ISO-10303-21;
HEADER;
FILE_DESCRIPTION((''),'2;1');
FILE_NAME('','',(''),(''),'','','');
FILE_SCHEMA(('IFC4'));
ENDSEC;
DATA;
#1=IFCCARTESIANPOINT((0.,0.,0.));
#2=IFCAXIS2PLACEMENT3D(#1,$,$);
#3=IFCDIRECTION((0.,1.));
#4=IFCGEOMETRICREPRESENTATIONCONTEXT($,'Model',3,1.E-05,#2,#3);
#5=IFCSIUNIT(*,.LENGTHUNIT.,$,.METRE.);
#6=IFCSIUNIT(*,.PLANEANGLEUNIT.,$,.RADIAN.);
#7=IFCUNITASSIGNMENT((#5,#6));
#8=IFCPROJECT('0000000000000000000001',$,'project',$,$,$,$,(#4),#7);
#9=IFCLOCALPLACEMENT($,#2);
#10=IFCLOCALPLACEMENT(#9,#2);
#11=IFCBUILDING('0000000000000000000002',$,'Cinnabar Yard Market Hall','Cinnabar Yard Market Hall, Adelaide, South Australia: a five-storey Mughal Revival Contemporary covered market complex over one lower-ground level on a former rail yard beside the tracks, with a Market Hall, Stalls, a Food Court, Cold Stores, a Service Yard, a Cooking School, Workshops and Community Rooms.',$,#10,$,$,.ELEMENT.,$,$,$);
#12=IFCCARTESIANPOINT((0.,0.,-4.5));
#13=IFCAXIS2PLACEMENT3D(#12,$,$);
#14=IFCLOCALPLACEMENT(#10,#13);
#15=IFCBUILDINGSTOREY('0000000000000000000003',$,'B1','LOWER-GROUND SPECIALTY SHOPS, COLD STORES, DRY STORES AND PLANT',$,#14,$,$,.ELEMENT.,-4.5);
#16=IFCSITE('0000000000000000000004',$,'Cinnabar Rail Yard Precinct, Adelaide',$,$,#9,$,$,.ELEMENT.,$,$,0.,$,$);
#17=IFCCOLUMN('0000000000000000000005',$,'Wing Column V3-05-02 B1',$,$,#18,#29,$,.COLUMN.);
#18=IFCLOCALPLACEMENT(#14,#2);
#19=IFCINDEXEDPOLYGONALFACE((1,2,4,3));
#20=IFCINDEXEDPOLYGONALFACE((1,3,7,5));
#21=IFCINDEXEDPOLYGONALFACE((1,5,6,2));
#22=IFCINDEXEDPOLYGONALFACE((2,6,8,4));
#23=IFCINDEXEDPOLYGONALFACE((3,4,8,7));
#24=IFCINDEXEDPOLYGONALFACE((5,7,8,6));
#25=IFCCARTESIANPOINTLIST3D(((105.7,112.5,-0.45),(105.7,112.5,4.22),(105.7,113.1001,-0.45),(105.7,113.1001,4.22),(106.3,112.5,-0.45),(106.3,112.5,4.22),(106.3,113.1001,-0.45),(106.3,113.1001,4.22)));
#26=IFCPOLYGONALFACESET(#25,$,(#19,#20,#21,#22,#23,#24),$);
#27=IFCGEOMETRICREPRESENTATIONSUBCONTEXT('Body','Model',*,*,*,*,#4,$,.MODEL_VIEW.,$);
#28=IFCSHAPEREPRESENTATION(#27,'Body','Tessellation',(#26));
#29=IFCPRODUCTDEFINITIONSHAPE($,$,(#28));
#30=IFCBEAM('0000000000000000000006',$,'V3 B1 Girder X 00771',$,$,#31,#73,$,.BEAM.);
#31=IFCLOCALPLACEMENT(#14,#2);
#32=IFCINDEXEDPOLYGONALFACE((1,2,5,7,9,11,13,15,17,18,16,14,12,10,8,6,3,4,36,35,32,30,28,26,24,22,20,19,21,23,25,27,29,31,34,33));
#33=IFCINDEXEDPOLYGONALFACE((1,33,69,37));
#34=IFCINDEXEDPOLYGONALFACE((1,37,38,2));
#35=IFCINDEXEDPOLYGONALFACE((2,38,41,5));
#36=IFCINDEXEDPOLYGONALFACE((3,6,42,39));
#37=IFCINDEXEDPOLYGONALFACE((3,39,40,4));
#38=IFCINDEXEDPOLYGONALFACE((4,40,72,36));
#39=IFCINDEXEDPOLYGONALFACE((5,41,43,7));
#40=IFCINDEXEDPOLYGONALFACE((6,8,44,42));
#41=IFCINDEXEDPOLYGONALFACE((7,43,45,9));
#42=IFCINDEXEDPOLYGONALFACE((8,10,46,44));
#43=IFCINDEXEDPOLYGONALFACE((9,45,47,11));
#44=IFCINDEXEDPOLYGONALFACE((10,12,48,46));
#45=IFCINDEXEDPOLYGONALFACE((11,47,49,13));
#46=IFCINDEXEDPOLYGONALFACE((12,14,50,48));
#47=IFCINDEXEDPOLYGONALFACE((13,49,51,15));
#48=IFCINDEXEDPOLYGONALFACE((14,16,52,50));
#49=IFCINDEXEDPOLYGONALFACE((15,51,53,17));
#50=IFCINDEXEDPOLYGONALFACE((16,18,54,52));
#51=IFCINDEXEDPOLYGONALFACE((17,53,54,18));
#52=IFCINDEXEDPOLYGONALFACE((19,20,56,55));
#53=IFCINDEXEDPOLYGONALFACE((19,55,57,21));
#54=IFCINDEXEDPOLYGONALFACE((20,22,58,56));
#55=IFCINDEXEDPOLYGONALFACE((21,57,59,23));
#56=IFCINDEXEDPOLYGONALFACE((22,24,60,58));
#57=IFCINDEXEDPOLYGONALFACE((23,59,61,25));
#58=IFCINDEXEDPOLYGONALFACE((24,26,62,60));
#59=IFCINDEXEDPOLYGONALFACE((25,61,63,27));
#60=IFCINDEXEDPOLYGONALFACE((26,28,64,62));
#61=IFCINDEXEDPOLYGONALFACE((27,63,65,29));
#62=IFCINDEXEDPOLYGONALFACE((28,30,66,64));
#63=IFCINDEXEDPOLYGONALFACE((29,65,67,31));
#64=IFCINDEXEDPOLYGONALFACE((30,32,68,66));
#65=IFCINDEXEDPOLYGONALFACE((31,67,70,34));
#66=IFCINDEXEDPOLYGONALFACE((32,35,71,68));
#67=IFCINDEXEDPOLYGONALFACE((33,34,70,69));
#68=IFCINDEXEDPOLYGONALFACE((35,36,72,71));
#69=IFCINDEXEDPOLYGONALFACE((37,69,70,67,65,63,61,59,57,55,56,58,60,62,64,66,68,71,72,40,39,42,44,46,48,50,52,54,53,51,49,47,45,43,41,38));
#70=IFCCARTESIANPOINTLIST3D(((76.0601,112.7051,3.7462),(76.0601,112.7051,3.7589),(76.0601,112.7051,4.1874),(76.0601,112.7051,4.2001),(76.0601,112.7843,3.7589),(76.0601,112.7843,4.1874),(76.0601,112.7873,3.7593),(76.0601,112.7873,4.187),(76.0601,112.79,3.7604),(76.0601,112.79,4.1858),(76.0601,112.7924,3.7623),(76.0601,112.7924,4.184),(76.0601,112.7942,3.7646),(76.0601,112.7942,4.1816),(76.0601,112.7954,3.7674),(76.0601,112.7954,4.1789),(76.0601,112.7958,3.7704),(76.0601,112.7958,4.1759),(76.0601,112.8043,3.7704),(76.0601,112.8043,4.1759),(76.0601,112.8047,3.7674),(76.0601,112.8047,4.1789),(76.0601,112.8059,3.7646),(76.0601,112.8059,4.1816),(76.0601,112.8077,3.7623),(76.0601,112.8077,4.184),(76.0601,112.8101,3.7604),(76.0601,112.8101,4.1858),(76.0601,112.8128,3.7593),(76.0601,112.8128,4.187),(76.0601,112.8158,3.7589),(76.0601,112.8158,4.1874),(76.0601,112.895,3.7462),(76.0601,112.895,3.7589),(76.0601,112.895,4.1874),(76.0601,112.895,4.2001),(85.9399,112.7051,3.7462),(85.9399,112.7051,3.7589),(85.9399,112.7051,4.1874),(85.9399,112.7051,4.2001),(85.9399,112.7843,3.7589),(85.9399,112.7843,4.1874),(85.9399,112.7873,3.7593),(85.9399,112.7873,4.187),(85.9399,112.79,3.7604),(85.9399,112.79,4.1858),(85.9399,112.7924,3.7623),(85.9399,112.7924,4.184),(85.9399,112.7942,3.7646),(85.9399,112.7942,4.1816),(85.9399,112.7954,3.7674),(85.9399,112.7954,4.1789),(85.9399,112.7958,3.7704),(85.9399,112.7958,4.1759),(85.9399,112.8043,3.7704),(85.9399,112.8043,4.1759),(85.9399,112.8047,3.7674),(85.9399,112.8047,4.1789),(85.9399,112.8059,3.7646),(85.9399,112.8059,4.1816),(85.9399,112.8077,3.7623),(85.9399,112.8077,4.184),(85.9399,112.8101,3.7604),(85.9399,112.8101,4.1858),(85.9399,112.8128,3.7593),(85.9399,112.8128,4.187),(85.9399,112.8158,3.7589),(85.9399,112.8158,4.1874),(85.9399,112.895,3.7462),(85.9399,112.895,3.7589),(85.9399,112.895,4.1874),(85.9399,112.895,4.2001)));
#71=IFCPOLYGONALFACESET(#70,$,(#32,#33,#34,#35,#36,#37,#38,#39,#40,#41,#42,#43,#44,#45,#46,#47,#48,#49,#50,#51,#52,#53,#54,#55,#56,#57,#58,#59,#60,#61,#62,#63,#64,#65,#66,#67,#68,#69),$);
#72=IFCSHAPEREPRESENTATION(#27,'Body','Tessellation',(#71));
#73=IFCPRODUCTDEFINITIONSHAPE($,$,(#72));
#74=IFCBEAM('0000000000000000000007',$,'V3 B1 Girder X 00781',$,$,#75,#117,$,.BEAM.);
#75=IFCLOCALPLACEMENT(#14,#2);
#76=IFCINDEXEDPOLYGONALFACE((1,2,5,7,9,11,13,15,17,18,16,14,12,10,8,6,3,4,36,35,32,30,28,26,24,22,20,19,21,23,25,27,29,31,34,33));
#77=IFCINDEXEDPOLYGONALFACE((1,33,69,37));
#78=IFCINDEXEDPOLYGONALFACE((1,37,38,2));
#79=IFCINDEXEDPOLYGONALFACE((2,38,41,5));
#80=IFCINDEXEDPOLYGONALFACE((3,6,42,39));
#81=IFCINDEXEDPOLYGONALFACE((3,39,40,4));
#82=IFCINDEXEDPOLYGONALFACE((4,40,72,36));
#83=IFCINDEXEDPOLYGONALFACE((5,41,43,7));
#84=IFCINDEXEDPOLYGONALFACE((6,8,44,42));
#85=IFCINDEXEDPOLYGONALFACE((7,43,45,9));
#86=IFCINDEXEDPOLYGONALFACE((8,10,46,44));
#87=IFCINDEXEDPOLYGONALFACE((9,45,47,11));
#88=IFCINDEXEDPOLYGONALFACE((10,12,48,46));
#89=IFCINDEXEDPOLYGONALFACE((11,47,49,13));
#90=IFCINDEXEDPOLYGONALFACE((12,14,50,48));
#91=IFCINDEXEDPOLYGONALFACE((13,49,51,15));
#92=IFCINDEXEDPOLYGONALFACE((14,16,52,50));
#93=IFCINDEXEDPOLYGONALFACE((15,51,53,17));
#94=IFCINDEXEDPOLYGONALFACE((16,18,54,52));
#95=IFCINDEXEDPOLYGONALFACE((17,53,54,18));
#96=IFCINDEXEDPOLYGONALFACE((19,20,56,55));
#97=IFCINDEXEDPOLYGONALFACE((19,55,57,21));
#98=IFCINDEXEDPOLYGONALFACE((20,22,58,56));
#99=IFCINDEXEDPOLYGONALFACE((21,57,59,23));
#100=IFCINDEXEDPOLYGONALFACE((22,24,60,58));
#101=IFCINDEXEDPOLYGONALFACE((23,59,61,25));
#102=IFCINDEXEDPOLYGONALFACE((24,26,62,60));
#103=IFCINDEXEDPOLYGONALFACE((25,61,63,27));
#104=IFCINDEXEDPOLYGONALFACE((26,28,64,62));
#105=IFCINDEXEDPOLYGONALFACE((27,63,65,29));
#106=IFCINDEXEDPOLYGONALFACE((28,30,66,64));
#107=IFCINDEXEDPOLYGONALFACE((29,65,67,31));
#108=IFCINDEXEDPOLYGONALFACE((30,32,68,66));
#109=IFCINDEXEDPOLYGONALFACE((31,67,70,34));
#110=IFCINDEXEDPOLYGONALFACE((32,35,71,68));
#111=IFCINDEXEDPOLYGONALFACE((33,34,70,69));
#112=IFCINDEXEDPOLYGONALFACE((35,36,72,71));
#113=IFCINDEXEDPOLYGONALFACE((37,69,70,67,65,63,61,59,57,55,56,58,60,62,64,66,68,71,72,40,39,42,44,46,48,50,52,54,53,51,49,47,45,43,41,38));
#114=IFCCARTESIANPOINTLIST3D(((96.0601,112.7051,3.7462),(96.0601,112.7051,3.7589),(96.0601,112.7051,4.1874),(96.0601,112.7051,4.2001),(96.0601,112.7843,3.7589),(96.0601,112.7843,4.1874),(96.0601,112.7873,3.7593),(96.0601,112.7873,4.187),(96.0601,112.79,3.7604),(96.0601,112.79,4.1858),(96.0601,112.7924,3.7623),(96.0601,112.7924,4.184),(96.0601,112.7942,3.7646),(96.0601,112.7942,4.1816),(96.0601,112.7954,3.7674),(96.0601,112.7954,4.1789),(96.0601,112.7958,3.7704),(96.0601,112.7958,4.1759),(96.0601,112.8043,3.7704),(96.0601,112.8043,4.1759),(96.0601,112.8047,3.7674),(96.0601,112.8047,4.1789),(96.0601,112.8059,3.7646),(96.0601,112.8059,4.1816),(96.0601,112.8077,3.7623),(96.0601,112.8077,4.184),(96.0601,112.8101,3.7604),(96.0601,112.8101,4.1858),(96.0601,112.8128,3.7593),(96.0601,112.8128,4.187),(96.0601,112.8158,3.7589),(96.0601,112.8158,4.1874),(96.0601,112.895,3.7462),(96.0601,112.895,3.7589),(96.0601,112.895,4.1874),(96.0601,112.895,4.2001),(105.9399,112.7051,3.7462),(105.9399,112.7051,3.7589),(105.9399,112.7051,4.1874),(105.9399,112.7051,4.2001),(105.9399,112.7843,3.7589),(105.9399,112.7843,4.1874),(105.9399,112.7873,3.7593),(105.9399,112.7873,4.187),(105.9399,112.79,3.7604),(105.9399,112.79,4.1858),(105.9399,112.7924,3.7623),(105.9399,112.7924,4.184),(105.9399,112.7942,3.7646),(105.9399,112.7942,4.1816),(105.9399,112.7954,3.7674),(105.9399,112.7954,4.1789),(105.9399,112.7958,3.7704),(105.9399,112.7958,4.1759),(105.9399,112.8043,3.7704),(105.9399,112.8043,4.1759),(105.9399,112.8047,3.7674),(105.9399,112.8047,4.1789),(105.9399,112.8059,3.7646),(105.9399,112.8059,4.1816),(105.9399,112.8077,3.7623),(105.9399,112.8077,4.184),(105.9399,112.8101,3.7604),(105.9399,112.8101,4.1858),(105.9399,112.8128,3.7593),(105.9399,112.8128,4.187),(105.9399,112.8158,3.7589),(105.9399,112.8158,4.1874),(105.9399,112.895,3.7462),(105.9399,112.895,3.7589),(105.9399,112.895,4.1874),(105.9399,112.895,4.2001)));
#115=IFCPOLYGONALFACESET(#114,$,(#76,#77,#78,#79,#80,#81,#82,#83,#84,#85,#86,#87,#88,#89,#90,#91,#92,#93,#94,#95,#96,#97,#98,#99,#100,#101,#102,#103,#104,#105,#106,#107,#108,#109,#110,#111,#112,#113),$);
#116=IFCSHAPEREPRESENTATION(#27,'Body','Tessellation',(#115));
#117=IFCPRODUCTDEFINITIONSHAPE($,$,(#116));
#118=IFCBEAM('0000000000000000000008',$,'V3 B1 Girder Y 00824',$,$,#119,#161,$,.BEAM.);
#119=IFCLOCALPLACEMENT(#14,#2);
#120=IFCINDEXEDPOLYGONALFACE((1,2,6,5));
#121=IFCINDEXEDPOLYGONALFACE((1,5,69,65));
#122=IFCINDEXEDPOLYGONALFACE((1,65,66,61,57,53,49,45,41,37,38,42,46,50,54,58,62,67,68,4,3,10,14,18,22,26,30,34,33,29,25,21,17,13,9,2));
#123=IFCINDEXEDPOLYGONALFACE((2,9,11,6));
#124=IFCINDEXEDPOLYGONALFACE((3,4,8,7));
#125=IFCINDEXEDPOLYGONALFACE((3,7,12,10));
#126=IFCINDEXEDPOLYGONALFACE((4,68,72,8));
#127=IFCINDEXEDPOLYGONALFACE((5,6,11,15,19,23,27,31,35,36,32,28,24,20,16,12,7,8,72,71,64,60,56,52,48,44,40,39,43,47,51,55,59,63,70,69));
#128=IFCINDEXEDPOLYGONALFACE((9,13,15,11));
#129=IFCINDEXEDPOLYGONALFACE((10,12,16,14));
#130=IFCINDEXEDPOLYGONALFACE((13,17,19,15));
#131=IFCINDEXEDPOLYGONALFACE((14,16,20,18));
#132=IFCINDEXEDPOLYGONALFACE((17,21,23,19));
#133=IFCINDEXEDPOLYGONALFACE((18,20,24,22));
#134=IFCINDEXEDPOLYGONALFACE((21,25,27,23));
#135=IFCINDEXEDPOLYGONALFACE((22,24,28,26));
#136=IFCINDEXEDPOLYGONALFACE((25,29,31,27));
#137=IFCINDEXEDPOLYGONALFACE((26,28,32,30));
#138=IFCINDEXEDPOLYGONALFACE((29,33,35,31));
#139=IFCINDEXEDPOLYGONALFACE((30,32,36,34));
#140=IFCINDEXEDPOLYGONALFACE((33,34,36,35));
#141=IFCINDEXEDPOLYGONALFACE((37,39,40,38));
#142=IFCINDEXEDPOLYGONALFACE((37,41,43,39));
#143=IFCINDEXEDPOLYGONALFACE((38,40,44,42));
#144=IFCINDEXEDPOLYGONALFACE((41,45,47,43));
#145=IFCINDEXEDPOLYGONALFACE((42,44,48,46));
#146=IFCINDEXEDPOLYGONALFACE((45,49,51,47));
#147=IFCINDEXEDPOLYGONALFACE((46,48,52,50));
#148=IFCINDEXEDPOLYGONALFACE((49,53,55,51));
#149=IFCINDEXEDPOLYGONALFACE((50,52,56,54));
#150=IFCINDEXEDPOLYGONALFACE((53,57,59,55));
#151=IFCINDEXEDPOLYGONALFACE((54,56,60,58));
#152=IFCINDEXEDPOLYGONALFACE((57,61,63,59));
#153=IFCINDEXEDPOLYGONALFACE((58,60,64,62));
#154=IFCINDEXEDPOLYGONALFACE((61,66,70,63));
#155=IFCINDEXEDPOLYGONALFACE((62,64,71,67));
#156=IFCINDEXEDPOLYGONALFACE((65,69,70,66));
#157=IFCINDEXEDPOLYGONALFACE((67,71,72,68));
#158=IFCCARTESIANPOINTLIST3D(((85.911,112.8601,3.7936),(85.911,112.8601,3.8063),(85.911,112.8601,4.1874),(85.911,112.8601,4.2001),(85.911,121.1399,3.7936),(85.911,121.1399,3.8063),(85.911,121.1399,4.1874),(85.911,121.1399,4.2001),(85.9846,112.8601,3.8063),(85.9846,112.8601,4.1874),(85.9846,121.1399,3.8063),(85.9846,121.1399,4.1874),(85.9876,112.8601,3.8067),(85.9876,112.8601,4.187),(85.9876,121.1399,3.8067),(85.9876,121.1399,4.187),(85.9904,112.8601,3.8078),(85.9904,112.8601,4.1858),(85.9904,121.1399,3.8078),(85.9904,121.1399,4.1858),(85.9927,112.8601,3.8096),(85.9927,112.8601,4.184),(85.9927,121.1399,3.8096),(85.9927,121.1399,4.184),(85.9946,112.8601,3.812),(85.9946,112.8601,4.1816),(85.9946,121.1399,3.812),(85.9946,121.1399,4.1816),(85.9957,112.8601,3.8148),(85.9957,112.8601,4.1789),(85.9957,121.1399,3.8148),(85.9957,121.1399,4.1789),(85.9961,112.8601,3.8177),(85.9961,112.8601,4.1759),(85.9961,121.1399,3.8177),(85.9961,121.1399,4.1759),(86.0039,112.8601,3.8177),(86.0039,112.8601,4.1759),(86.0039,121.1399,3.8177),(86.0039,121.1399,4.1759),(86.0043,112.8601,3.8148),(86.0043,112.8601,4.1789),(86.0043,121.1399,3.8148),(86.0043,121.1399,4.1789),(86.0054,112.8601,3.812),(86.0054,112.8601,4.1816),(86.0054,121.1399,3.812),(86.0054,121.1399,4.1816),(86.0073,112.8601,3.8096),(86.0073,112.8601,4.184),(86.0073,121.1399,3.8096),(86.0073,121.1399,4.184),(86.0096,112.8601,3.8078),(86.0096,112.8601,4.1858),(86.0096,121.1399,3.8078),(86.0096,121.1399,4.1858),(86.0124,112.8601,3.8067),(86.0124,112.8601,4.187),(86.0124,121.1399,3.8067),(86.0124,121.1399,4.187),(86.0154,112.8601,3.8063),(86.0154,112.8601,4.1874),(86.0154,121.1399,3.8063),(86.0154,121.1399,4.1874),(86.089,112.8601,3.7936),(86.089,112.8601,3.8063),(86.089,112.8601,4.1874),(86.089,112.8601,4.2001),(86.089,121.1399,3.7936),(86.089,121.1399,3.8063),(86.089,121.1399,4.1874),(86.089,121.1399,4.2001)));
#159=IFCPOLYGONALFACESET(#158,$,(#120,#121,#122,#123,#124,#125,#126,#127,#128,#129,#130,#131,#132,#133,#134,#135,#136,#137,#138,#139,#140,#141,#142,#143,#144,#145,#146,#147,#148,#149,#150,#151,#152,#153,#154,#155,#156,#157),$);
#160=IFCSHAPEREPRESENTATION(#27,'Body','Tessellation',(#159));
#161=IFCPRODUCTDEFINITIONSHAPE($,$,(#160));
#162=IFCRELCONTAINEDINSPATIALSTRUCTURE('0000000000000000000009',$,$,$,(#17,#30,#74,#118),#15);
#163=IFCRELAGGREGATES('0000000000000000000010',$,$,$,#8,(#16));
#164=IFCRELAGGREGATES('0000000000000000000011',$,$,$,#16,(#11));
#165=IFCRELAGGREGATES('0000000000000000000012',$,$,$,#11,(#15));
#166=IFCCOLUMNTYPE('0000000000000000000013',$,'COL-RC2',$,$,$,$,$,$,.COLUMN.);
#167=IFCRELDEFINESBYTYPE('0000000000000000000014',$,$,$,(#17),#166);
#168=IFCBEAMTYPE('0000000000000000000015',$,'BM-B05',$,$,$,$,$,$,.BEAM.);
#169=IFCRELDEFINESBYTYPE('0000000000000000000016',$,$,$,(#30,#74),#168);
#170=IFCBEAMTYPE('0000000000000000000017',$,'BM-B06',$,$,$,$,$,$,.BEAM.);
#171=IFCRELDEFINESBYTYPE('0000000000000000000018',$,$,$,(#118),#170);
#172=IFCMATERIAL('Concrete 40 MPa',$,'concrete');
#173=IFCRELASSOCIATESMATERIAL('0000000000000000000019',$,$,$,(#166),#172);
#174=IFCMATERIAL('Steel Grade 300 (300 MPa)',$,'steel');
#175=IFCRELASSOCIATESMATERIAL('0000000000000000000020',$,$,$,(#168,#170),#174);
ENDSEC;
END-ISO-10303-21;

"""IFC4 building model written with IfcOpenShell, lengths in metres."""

from ifc_helpers import new_model, si_unit, direction, frame, origin, origin_2d_with_axis, place, context, subcontext, project, spatial, rectangle, i_section, extrude, material, material_profile, profile_set, type_object, element, save


model = new_model("IFC4")

# Units and contexts
model_context = context("Model", 3, precision=1e-05, world=origin(), true_north=direction((0.0, 1.0)))
body_context = subcontext(model_context, "Body", "Model", "MODEL_VIEW")
ifc_project = project(units=[si_unit("LENGTHUNIT", "METRE"), si_unit("PLANEANGLEUNIT", "RADIAN")], contexts=[model_context])

# Site, building, storey
site_placement = place(None, origin())
site = spatial("IfcSite", under=ifc_project, at=site_placement, Name="Cinnabar Rail Yard Precinct, Adelaide", CompositionType="ELEMENT", RefElevation=0.0)
building_placement = place(site_placement, origin())
building = spatial("IfcBuilding", under=site, at=building_placement, Name="Cinnabar Yard Market Hall", Description="Cinnabar Yard Market Hall, Adelaide, South Australia: a five-storey Mughal Revival Contemporary covered market complex over one lower-ground level on a former rail yard beside the tracks, with a Market Hall, Stalls, a Food Court, Cold Stores, a Service Yard, a Cooking School, Workshops and Community Rooms.", CompositionType="ELEMENT")
storey_placement = place(building_placement, frame((0.0, 0.0, -4.5)))
storey = spatial("IfcBuildingStorey", under=building, at=storey_placement, Name="B1", Description="LOWER-GROUND SPECIALTY SHOPS, COLD STORES, DRY STORES AND PLANT", CompositionType="ELEMENT", Elevation=-4.5)

# Shared definitions
ifc_material_1 = material(Name="Concrete 40 MPa", Category="concrete")

# Column
ifc_material_2 = material(Name="Steel Grade 300 (300 MPa)", Category="steel")
ifc_material_profile_1 = material_profile(ifc_material_1, rectangle(XDim=0.6001, YDim=0.6001, at=origin_2d_with_axis()), Name="RC-600x600")
ifc_profile_set_1 = profile_set([ifc_material_profile_1], Name="Concrete 40 MPa")
column_type_1 = type_object("IfcColumnType", Name="COL-RC2", PredefinedType="COLUMN", material=ifc_profile_set_1)
column_1_placement = place(storey_placement, frame((106.0, 112.8, -0.45), z_axis=(0.0, 0.0, 1.0), x_axis=(1.0, 0.0, 0.0)))
element("IfcColumn", 1, at=column_1_placement, inside=storey, type_object=column_type_1, Name="Wing Column V3-05-02 B1", PredefinedType="COLUMN", context=body_context, shape_type="SweptSolid", body=[
    extrude(rectangle(XDim=0.6001, YDim=0.6001, at=origin_2d_with_axis()), origin(), (0.0, 0.0, 1.0), 4.6699),
])

# Beams
ifc_material_profile_2 = material_profile(ifc_material_2, i_section(OverallWidth=0.1899, OverallDepth=0.4539, WebThickness=0.0085, FlangeThickness=0.0127, FilletRadius=0.0115, at=origin_2d_with_axis()), Name="460UB67.1")
ifc_profile_set_2 = profile_set([ifc_material_profile_2], Name="Steel Grade 300 (300 MPa)")
beam_type_1 = type_object("IfcBeamType", Name="BM-B05", PredefinedType="BEAM", material=ifc_profile_set_2)
for number, where, z_axis, x_axis, name in (
    (2, (76.0601, 112.8, 3.9731), (1.0, 0.0, 0.0), (0.0, 1.0, 0.0), "V3 B1 Girder X 00771"),
    (3, (96.0601, 112.8, 3.9731), (1.0, 0.0, 0.0), (0.0, 1.0, 0.0), "V3 B1 Girder X 00781"),
):
    element("IfcBeam", number, at=place(storey_placement, frame(where, z_axis=z_axis, x_axis=x_axis)), inside=storey, type_object=beam_type_1, Name=name, PredefinedType="BEAM", context=body_context, shape_type="SweptSolid", body=[
        extrude(i_section(OverallWidth=0.1899, OverallDepth=0.4539, WebThickness=0.0085, FlangeThickness=0.0127, FilletRadius=0.0115, at=origin_2d_with_axis()), origin(), (0.0, 0.0, 1.0), 9.8799),
    ])
ifc_material_profile_3 = material_profile(ifc_material_2, i_section(OverallWidth=0.178, OverallDepth=0.4065, WebThickness=0.0078, FlangeThickness=0.0127, FilletRadius=0.0115, at=origin_2d_with_axis()), Name="410UB59.7")
ifc_profile_set_3 = profile_set([ifc_material_profile_3], Name="Steel Grade 300 (300 MPa)")
beam_type_2 = type_object("IfcBeamType", Name="BM-B06", PredefinedType="BEAM", material=ifc_profile_set_3)
for number, where, z_axis, x_axis, name in (
    (4, (86.0, 112.8601, 3.9968), (0.0, 1.0, 0.0), (-1.0, 0.0, 0.0), "V3 B1 Girder Y 00824"),
):
    element("IfcBeam", number, at=place(storey_placement, frame(where, z_axis=z_axis, x_axis=x_axis)), inside=storey, type_object=beam_type_2, Name=name, PredefinedType="BEAM", context=body_context, shape_type="SweptSolid", body=[
        extrude(i_section(OverallWidth=0.178, OverallDepth=0.4065, WebThickness=0.0078, FlangeThickness=0.0127, FilletRadius=0.0115, at=origin_2d_with_axis()), origin(), (0.0, 0.0, 1.0), 8.2798),
    ])

save(model, "model.ifc")
